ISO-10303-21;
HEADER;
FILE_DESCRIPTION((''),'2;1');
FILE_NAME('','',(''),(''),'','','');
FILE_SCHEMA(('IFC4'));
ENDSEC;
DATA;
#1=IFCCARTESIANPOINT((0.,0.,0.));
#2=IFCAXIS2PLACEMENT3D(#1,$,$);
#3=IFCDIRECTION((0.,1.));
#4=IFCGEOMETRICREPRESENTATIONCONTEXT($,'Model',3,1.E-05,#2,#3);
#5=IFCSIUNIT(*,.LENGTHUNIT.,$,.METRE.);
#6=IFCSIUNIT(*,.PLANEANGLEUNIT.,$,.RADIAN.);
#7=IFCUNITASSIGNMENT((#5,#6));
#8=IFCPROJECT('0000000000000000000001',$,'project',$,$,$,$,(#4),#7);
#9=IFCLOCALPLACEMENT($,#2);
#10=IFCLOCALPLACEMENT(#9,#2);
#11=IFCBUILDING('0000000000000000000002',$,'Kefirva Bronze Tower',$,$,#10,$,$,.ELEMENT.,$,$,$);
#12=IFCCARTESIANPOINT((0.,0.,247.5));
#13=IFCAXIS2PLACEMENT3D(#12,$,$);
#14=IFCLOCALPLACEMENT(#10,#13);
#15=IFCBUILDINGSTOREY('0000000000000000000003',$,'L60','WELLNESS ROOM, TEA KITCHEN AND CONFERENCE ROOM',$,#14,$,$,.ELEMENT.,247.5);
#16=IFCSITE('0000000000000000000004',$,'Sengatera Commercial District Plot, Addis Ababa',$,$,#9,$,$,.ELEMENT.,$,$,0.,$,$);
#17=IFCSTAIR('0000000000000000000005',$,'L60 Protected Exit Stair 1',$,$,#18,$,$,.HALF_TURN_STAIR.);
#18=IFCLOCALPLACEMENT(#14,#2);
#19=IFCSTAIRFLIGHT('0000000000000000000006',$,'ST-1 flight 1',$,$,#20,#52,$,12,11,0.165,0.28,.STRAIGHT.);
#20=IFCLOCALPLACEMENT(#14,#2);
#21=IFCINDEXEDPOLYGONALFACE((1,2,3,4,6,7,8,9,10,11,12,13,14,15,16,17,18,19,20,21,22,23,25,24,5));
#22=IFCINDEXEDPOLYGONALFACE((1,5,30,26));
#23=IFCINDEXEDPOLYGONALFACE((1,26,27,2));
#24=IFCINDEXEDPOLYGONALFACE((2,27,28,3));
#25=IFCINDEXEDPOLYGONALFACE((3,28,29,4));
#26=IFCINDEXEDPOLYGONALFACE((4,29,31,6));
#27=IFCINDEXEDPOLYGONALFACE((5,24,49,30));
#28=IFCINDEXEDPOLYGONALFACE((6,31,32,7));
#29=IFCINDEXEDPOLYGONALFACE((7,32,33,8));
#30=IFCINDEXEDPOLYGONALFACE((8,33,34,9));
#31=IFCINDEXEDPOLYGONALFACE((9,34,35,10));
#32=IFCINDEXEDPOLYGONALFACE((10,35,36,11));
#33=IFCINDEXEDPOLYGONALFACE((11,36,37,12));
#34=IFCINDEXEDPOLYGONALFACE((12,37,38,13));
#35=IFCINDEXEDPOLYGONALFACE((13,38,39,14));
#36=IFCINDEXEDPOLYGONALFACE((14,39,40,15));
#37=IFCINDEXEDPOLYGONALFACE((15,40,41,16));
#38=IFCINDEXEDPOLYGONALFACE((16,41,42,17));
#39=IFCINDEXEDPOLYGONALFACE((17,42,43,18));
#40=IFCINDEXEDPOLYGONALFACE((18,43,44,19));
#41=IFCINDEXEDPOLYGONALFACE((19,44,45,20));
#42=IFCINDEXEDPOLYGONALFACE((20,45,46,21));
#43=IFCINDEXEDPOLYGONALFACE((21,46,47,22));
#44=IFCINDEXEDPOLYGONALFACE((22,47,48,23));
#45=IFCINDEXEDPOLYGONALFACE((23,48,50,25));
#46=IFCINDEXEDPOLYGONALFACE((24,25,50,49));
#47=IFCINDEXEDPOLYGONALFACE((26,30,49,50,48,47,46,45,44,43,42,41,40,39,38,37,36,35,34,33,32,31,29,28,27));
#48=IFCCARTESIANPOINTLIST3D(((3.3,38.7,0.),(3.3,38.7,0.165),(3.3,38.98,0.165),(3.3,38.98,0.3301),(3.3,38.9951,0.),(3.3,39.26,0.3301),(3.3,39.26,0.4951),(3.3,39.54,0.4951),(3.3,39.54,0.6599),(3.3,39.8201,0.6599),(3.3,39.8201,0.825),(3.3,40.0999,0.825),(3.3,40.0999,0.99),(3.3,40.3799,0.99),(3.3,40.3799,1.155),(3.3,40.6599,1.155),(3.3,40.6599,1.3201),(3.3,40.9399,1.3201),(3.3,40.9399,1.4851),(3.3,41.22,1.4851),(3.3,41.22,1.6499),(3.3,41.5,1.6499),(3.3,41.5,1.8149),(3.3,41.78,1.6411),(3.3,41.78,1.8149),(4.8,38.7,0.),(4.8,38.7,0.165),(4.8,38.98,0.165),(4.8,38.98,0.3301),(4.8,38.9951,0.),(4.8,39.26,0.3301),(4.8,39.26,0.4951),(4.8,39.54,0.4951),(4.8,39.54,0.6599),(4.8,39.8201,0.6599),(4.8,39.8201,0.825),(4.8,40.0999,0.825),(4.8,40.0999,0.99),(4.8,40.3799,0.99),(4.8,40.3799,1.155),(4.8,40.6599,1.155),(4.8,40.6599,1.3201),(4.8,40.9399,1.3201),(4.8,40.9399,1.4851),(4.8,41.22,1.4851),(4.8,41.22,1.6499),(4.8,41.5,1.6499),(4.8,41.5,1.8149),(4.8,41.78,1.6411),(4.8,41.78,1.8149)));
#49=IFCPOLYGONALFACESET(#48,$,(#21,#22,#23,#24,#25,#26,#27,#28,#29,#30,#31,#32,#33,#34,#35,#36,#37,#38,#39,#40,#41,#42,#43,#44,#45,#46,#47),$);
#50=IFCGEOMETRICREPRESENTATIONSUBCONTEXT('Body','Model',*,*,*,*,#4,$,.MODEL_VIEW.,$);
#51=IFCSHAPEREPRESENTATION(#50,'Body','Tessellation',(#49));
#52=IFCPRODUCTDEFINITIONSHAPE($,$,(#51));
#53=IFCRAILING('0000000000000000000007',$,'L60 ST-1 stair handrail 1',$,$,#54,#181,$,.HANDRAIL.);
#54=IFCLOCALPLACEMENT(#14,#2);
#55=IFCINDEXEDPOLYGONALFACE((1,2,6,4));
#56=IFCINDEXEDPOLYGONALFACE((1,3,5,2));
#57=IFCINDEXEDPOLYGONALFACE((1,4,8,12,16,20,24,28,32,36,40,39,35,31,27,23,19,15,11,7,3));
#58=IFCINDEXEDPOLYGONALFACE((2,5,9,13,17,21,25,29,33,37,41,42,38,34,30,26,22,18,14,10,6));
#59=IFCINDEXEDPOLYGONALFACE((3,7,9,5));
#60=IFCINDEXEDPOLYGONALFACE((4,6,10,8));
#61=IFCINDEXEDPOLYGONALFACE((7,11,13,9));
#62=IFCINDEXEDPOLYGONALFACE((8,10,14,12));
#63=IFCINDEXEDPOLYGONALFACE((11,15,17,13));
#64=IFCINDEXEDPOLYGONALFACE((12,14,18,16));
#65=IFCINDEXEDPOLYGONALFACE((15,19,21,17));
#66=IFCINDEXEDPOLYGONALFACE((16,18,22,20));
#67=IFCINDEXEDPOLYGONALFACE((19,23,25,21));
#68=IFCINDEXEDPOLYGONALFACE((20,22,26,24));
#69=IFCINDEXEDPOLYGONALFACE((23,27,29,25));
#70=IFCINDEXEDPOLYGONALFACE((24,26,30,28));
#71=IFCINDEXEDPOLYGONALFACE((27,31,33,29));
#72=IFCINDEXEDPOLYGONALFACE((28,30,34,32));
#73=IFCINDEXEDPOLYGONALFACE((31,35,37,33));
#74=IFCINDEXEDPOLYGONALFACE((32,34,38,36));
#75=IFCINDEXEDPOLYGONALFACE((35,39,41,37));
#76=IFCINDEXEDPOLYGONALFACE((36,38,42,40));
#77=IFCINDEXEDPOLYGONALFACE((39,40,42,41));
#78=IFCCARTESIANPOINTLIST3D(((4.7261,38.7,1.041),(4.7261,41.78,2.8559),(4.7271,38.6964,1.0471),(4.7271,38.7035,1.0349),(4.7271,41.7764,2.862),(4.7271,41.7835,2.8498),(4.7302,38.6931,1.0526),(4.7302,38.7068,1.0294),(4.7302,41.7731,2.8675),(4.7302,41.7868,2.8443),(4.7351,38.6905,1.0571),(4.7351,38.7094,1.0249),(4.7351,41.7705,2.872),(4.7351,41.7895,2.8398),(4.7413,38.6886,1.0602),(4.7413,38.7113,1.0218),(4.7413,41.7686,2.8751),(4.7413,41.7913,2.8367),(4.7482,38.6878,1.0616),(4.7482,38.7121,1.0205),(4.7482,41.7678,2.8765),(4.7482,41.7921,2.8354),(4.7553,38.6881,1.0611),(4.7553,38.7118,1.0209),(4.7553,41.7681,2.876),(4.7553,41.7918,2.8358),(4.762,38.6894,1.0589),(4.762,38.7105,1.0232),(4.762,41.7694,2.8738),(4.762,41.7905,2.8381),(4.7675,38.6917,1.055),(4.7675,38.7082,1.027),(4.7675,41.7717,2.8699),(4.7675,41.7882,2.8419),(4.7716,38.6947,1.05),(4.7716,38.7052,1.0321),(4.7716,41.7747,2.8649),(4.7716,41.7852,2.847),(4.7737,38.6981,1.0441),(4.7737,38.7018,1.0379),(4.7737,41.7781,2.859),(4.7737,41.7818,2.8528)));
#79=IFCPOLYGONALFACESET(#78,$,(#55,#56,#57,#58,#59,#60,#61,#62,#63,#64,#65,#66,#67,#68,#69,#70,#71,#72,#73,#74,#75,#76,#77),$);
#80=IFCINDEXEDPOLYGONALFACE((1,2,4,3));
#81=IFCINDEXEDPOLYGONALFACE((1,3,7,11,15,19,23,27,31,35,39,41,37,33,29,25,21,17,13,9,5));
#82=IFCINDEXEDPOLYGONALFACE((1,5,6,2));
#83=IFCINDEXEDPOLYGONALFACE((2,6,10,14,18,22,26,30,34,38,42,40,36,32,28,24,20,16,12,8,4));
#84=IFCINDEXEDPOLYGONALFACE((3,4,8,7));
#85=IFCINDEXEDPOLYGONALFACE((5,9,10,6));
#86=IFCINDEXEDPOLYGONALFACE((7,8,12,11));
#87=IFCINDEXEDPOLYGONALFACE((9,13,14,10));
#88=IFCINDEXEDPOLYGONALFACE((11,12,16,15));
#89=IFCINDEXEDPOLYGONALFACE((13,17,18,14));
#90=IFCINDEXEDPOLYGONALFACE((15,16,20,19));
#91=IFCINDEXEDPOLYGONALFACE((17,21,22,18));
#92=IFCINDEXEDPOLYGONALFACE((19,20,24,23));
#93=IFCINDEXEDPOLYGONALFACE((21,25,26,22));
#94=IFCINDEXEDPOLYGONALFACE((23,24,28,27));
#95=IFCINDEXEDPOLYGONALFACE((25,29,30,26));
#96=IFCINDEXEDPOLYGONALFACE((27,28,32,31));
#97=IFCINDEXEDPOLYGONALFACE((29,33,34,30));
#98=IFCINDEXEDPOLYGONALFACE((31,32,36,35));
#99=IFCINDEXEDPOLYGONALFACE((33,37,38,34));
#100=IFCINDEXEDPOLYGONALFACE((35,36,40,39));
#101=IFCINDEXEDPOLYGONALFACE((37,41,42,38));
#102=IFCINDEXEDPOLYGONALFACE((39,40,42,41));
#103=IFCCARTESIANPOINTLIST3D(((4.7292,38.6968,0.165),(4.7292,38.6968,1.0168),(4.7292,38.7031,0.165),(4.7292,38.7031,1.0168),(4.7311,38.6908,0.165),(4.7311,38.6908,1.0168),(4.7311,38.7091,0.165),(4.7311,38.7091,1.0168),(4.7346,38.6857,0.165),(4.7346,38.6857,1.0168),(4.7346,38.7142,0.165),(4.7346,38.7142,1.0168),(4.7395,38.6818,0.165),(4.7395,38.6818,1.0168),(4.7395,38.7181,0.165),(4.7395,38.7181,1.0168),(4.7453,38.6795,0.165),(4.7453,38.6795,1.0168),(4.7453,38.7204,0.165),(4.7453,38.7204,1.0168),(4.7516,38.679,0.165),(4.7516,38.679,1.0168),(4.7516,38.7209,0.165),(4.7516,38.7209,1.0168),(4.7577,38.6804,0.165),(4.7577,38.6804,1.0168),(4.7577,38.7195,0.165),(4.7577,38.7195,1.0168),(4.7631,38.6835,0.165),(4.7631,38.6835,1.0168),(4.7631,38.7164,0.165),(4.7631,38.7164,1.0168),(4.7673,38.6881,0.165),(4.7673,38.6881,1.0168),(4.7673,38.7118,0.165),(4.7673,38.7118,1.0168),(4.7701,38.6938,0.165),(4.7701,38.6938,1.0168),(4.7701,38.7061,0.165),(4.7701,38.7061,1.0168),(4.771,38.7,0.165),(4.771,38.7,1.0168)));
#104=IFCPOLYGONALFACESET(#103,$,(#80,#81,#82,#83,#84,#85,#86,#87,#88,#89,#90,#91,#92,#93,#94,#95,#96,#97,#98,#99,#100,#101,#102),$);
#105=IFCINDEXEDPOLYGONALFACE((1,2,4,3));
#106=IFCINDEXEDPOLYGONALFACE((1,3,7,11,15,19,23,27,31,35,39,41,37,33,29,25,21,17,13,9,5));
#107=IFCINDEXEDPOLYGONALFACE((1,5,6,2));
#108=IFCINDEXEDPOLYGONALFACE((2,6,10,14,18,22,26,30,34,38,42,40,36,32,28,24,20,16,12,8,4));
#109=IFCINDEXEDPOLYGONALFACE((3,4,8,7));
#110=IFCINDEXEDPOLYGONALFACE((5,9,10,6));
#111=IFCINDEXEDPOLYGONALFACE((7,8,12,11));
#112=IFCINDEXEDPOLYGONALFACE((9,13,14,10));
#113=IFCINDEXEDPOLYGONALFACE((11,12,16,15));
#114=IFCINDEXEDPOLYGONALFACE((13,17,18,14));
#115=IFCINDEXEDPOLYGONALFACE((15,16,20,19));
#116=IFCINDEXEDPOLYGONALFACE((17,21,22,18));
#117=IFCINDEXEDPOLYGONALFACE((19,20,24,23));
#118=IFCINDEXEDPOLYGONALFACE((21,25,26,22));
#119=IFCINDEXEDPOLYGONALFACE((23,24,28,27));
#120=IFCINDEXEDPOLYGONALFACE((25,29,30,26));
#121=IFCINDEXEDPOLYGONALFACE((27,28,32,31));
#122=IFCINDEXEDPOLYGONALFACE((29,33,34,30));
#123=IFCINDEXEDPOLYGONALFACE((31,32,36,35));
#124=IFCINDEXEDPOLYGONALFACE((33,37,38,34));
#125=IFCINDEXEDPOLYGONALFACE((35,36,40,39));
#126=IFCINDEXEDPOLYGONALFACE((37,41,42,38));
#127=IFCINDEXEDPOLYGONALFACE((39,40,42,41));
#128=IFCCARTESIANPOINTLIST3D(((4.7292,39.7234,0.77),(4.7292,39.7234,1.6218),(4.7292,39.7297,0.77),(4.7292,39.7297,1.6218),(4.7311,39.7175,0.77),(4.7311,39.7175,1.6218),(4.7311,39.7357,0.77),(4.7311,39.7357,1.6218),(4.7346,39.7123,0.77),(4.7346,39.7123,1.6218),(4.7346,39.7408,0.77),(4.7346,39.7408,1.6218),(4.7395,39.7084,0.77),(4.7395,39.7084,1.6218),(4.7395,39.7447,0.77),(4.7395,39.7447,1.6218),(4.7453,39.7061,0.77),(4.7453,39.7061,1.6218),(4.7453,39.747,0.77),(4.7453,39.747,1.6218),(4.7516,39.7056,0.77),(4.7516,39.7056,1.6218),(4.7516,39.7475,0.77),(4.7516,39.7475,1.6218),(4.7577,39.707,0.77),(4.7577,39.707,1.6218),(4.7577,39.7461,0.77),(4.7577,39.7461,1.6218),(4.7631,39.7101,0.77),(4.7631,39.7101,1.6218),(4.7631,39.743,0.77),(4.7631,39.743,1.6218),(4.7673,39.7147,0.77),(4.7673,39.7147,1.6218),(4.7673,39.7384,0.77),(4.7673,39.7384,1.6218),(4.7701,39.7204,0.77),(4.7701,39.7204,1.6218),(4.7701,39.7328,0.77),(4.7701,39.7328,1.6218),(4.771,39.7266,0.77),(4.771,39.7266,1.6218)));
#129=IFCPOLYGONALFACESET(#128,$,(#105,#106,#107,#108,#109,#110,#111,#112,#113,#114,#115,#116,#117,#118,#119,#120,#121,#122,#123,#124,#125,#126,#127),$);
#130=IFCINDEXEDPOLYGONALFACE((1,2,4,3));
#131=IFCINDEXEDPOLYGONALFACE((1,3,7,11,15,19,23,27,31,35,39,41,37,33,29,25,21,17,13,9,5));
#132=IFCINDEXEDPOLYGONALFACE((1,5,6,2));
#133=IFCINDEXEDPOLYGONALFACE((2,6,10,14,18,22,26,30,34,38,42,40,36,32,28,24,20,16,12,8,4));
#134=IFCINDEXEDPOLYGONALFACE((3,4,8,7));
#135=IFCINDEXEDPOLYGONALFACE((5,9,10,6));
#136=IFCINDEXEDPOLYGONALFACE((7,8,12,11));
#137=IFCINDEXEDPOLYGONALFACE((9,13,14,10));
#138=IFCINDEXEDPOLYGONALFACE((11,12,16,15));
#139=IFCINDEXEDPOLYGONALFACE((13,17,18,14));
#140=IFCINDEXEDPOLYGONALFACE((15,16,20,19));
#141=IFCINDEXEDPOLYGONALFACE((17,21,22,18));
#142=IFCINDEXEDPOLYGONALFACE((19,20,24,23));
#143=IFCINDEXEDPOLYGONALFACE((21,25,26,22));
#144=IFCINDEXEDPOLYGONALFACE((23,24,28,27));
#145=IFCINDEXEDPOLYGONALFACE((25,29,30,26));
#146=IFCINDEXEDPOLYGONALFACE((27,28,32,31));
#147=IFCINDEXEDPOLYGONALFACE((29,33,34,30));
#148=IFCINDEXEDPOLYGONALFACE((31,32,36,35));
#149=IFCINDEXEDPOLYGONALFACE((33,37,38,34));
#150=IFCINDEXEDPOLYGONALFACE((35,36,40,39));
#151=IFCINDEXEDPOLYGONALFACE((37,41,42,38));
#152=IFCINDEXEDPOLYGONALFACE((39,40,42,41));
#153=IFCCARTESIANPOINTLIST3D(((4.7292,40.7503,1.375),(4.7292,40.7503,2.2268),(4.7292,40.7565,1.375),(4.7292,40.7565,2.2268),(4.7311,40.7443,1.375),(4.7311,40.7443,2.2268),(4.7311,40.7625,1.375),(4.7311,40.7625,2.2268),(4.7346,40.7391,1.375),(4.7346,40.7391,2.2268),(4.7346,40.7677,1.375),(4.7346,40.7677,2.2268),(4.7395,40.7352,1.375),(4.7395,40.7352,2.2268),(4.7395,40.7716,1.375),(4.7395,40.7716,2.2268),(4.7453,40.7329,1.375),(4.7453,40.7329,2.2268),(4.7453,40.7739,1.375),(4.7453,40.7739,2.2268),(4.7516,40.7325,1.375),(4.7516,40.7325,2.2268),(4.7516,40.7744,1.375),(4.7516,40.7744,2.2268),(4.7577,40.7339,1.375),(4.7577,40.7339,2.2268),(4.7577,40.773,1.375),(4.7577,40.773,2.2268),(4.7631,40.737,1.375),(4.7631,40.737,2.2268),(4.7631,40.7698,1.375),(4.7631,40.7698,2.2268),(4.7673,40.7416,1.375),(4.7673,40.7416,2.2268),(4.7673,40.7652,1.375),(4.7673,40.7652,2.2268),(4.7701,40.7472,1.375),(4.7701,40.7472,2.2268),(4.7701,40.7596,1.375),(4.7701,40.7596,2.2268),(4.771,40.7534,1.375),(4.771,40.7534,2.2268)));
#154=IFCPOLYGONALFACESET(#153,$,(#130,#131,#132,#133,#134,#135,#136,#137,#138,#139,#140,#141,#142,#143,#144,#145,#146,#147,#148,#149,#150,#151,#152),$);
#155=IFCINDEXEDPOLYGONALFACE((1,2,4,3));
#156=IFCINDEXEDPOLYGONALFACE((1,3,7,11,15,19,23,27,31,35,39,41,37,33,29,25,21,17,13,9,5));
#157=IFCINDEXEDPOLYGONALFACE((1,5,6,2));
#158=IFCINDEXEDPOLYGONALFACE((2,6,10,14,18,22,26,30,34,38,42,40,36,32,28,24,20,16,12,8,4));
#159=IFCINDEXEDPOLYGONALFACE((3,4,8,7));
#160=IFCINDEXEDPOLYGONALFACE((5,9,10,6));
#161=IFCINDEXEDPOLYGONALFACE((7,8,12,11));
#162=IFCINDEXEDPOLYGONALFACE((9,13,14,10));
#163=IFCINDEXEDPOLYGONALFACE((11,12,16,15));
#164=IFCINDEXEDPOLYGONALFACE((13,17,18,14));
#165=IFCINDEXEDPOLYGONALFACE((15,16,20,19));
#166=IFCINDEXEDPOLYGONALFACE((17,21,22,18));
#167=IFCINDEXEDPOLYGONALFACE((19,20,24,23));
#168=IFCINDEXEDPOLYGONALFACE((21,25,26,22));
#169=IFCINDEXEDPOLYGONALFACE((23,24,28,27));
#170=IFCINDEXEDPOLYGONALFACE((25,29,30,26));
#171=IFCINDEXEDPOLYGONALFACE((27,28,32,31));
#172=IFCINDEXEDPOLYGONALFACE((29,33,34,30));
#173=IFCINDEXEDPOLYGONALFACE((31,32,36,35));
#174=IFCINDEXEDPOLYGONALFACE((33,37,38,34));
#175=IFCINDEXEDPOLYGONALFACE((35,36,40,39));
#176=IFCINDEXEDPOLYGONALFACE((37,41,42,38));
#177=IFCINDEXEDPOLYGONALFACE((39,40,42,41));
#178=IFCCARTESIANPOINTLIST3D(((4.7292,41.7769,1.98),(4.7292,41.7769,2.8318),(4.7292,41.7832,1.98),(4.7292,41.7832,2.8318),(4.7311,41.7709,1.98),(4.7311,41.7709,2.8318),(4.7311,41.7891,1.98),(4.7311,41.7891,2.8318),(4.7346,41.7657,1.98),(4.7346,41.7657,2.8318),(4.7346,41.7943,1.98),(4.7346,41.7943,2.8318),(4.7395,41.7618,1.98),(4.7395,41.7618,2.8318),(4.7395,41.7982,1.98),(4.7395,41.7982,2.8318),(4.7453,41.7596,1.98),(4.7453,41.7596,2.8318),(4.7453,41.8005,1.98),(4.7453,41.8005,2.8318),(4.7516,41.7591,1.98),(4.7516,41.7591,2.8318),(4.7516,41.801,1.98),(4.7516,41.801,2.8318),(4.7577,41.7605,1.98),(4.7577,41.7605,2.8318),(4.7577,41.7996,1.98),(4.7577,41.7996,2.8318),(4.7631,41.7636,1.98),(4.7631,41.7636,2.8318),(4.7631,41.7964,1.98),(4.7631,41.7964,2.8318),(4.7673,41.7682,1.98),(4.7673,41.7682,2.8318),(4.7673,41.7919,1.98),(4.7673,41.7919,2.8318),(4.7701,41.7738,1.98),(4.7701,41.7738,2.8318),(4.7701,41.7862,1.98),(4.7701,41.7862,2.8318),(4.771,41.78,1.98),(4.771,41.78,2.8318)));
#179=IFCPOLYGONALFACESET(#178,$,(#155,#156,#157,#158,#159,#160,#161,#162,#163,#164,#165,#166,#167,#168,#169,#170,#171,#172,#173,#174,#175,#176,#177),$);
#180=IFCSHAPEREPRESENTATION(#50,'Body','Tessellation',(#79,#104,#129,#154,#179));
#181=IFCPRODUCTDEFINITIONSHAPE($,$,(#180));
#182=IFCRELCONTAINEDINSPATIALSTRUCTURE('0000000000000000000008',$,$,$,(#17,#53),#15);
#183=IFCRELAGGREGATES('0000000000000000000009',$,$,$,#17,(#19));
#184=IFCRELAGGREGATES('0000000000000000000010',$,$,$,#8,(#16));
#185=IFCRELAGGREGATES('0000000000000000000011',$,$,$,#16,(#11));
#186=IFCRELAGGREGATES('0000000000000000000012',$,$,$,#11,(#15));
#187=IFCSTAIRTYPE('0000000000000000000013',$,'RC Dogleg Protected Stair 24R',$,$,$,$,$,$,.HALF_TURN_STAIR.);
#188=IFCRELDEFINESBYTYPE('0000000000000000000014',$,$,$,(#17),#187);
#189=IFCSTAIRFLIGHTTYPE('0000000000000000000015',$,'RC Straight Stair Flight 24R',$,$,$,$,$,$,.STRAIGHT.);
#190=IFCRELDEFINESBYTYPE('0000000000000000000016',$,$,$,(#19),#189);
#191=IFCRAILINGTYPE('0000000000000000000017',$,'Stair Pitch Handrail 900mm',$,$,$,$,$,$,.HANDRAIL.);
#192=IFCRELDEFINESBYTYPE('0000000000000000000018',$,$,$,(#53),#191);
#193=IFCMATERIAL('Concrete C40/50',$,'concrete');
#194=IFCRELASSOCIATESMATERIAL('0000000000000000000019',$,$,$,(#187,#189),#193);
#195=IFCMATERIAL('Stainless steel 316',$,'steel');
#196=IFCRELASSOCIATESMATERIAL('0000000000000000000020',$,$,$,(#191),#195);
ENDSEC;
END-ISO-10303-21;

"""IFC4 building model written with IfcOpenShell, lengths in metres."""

from ifc_helpers import new_model, si_unit, direction, frame, origin, origin_2d, place, context, subcontext, project, spatial, polyline, circle, outline, extrude, material, type_object, element, aggregate, save


model = new_model("IFC4")

# Units and contexts
model_context = context("Model", 3, precision=1e-05, world=origin(), true_north=direction((0.0, 1.0)))
body_context = subcontext(model_context, "Body", "Model", "MODEL_VIEW")
ifc_project = project(units=[si_unit("LENGTHUNIT", "METRE"), si_unit("PLANEANGLEUNIT", "RADIAN")], contexts=[model_context])

# Site, building, storey
site_placement = place(None, origin())
site = spatial("IfcSite", under=ifc_project, at=site_placement, Name="Sengatera Commercial District Plot, Addis Ababa", CompositionType="ELEMENT", RefElevation=0.0)
building_placement = place(site_placement, origin())
building = spatial("IfcBuilding", under=site, at=building_placement, Name="Kefirva Bronze Tower", CompositionType="ELEMENT")
storey_placement = place(building_placement, frame((0.0, 0.0, 247.5)))
storey = spatial("IfcBuildingStorey", under=building, at=storey_placement, Name="L60", Description="WELLNESS ROOM, TEA KITCHEN AND CONFERENCE ROOM", CompositionType="ELEMENT", Elevation=247.5)

# Shared definitions
ifc_material_1 = material(Name="Stainless steel 316", Category="steel")

# Stair, stair flight
ifc_material_2 = material(Name="Concrete C40/50", Category="concrete")
stair_type = type_object("IfcStairType", Name="RC Dogleg Protected Stair 24R", PredefinedType="HALF_TURN_STAIR", material=ifc_material_2)
stair_placement = place(storey_placement, origin())
stair = element("IfcStair", 1, at=stair_placement, inside=storey, type_object=stair_type, Name="L60 Protected Exit Stair 1", PredefinedType="HALF_TURN_STAIR")
stair_flight_type = type_object("IfcStairFlightType", Name="RC Straight Stair Flight 24R", PredefinedType="STRAIGHT", material=ifc_material_2)
stair_flight_placement = place(storey_placement, frame((4.05, 38.7, 0.0), z_axis=(0.0, 0.0, 1.0), x_axis=(0.0, 1.0, 0.0)))
stair_flight = element("IfcStairFlight", 2, at=stair_flight_placement, type_object=stair_flight_type, Name="ST-1 flight 1", NumberOfRisers=12, NumberOfTreads=11, PredefinedType="STRAIGHT", RiserHeight=0.165, TreadLength=0.28, context=body_context, shape_type="SweptSolid", body=[
    extrude(outline(polyline([(0.0, 0.0), (0.0, 0.165), (0.28, 0.165), (0.28, 0.3301), (0.5601, 0.3301), (0.5601, 0.4951), (0.8401, 0.4951), (0.8401, 0.6599), (1.1201, 0.6599), (1.1201, 0.825), (1.3999, 0.825), (1.3999, 0.99), (1.6799, 0.99), (1.6799, 1.155), (1.96, 1.155), (1.96, 1.3201), (2.24, 1.3201), (2.24, 1.4851), (2.52, 1.4851), (2.52, 1.6499), (2.8, 1.6499), (2.8, 1.8149), (3.0801, 1.8149), (3.0801, 1.98), (3.0801, 1.6411), (0.2952, 0.0), (0.0, 0.0)])), frame((0.0, 0.75, 0.0), z_axis=(0.0, -1.0, 0.0), x_axis=(1.0, 0.0, 0.0)), (0.0, 0.0, 1.0), 1.5),
])
aggregate(stair, [stair_flight])

# Railing
railing_type = type_object("IfcRailingType", Name="Stair Pitch Handrail 900mm", PredefinedType="HANDRAIL", material=ifc_material_1)
railing_placement = place(storey_placement, frame((4.75, 38.7, 0.165)))
element("IfcRailing", 3, at=railing_placement, inside=storey, type_object=railing_type, Name="L60 ST-1 stair handrail 1", PredefinedType="HANDRAIL", context=body_context, shape_type="SweptSolid", body=[
    extrude(circle(Radius=0.0239, at=origin_2d()), frame((0.0, 0.0, 0.876), z_axis=(0.0, 0.861551, 0.507671), x_axis=(-1.0, 0.0, 0.0)), (0.0, 0.0, 1.0), 3.575),
    extrude(circle(Radius=0.021, at=origin_2d()), origin(), (0.0, 0.0, 1.0), 0.8518),
    extrude(circle(Radius=0.021, at=origin_2d()), frame((0.0, 1.0266, 0.605)), (0.0, 0.0, 1.0), 0.8518),
    extrude(circle(Radius=0.021, at=origin_2d()), frame((0.0, 2.0535, 1.21)), (0.0, 0.0, 1.0), 0.8518),
    extrude(circle(Radius=0.021, at=origin_2d()), frame((0.0, 3.0801, 1.8149)), (0.0, 0.0, 1.0), 0.8518),
])

save(model, "model.ifc")
